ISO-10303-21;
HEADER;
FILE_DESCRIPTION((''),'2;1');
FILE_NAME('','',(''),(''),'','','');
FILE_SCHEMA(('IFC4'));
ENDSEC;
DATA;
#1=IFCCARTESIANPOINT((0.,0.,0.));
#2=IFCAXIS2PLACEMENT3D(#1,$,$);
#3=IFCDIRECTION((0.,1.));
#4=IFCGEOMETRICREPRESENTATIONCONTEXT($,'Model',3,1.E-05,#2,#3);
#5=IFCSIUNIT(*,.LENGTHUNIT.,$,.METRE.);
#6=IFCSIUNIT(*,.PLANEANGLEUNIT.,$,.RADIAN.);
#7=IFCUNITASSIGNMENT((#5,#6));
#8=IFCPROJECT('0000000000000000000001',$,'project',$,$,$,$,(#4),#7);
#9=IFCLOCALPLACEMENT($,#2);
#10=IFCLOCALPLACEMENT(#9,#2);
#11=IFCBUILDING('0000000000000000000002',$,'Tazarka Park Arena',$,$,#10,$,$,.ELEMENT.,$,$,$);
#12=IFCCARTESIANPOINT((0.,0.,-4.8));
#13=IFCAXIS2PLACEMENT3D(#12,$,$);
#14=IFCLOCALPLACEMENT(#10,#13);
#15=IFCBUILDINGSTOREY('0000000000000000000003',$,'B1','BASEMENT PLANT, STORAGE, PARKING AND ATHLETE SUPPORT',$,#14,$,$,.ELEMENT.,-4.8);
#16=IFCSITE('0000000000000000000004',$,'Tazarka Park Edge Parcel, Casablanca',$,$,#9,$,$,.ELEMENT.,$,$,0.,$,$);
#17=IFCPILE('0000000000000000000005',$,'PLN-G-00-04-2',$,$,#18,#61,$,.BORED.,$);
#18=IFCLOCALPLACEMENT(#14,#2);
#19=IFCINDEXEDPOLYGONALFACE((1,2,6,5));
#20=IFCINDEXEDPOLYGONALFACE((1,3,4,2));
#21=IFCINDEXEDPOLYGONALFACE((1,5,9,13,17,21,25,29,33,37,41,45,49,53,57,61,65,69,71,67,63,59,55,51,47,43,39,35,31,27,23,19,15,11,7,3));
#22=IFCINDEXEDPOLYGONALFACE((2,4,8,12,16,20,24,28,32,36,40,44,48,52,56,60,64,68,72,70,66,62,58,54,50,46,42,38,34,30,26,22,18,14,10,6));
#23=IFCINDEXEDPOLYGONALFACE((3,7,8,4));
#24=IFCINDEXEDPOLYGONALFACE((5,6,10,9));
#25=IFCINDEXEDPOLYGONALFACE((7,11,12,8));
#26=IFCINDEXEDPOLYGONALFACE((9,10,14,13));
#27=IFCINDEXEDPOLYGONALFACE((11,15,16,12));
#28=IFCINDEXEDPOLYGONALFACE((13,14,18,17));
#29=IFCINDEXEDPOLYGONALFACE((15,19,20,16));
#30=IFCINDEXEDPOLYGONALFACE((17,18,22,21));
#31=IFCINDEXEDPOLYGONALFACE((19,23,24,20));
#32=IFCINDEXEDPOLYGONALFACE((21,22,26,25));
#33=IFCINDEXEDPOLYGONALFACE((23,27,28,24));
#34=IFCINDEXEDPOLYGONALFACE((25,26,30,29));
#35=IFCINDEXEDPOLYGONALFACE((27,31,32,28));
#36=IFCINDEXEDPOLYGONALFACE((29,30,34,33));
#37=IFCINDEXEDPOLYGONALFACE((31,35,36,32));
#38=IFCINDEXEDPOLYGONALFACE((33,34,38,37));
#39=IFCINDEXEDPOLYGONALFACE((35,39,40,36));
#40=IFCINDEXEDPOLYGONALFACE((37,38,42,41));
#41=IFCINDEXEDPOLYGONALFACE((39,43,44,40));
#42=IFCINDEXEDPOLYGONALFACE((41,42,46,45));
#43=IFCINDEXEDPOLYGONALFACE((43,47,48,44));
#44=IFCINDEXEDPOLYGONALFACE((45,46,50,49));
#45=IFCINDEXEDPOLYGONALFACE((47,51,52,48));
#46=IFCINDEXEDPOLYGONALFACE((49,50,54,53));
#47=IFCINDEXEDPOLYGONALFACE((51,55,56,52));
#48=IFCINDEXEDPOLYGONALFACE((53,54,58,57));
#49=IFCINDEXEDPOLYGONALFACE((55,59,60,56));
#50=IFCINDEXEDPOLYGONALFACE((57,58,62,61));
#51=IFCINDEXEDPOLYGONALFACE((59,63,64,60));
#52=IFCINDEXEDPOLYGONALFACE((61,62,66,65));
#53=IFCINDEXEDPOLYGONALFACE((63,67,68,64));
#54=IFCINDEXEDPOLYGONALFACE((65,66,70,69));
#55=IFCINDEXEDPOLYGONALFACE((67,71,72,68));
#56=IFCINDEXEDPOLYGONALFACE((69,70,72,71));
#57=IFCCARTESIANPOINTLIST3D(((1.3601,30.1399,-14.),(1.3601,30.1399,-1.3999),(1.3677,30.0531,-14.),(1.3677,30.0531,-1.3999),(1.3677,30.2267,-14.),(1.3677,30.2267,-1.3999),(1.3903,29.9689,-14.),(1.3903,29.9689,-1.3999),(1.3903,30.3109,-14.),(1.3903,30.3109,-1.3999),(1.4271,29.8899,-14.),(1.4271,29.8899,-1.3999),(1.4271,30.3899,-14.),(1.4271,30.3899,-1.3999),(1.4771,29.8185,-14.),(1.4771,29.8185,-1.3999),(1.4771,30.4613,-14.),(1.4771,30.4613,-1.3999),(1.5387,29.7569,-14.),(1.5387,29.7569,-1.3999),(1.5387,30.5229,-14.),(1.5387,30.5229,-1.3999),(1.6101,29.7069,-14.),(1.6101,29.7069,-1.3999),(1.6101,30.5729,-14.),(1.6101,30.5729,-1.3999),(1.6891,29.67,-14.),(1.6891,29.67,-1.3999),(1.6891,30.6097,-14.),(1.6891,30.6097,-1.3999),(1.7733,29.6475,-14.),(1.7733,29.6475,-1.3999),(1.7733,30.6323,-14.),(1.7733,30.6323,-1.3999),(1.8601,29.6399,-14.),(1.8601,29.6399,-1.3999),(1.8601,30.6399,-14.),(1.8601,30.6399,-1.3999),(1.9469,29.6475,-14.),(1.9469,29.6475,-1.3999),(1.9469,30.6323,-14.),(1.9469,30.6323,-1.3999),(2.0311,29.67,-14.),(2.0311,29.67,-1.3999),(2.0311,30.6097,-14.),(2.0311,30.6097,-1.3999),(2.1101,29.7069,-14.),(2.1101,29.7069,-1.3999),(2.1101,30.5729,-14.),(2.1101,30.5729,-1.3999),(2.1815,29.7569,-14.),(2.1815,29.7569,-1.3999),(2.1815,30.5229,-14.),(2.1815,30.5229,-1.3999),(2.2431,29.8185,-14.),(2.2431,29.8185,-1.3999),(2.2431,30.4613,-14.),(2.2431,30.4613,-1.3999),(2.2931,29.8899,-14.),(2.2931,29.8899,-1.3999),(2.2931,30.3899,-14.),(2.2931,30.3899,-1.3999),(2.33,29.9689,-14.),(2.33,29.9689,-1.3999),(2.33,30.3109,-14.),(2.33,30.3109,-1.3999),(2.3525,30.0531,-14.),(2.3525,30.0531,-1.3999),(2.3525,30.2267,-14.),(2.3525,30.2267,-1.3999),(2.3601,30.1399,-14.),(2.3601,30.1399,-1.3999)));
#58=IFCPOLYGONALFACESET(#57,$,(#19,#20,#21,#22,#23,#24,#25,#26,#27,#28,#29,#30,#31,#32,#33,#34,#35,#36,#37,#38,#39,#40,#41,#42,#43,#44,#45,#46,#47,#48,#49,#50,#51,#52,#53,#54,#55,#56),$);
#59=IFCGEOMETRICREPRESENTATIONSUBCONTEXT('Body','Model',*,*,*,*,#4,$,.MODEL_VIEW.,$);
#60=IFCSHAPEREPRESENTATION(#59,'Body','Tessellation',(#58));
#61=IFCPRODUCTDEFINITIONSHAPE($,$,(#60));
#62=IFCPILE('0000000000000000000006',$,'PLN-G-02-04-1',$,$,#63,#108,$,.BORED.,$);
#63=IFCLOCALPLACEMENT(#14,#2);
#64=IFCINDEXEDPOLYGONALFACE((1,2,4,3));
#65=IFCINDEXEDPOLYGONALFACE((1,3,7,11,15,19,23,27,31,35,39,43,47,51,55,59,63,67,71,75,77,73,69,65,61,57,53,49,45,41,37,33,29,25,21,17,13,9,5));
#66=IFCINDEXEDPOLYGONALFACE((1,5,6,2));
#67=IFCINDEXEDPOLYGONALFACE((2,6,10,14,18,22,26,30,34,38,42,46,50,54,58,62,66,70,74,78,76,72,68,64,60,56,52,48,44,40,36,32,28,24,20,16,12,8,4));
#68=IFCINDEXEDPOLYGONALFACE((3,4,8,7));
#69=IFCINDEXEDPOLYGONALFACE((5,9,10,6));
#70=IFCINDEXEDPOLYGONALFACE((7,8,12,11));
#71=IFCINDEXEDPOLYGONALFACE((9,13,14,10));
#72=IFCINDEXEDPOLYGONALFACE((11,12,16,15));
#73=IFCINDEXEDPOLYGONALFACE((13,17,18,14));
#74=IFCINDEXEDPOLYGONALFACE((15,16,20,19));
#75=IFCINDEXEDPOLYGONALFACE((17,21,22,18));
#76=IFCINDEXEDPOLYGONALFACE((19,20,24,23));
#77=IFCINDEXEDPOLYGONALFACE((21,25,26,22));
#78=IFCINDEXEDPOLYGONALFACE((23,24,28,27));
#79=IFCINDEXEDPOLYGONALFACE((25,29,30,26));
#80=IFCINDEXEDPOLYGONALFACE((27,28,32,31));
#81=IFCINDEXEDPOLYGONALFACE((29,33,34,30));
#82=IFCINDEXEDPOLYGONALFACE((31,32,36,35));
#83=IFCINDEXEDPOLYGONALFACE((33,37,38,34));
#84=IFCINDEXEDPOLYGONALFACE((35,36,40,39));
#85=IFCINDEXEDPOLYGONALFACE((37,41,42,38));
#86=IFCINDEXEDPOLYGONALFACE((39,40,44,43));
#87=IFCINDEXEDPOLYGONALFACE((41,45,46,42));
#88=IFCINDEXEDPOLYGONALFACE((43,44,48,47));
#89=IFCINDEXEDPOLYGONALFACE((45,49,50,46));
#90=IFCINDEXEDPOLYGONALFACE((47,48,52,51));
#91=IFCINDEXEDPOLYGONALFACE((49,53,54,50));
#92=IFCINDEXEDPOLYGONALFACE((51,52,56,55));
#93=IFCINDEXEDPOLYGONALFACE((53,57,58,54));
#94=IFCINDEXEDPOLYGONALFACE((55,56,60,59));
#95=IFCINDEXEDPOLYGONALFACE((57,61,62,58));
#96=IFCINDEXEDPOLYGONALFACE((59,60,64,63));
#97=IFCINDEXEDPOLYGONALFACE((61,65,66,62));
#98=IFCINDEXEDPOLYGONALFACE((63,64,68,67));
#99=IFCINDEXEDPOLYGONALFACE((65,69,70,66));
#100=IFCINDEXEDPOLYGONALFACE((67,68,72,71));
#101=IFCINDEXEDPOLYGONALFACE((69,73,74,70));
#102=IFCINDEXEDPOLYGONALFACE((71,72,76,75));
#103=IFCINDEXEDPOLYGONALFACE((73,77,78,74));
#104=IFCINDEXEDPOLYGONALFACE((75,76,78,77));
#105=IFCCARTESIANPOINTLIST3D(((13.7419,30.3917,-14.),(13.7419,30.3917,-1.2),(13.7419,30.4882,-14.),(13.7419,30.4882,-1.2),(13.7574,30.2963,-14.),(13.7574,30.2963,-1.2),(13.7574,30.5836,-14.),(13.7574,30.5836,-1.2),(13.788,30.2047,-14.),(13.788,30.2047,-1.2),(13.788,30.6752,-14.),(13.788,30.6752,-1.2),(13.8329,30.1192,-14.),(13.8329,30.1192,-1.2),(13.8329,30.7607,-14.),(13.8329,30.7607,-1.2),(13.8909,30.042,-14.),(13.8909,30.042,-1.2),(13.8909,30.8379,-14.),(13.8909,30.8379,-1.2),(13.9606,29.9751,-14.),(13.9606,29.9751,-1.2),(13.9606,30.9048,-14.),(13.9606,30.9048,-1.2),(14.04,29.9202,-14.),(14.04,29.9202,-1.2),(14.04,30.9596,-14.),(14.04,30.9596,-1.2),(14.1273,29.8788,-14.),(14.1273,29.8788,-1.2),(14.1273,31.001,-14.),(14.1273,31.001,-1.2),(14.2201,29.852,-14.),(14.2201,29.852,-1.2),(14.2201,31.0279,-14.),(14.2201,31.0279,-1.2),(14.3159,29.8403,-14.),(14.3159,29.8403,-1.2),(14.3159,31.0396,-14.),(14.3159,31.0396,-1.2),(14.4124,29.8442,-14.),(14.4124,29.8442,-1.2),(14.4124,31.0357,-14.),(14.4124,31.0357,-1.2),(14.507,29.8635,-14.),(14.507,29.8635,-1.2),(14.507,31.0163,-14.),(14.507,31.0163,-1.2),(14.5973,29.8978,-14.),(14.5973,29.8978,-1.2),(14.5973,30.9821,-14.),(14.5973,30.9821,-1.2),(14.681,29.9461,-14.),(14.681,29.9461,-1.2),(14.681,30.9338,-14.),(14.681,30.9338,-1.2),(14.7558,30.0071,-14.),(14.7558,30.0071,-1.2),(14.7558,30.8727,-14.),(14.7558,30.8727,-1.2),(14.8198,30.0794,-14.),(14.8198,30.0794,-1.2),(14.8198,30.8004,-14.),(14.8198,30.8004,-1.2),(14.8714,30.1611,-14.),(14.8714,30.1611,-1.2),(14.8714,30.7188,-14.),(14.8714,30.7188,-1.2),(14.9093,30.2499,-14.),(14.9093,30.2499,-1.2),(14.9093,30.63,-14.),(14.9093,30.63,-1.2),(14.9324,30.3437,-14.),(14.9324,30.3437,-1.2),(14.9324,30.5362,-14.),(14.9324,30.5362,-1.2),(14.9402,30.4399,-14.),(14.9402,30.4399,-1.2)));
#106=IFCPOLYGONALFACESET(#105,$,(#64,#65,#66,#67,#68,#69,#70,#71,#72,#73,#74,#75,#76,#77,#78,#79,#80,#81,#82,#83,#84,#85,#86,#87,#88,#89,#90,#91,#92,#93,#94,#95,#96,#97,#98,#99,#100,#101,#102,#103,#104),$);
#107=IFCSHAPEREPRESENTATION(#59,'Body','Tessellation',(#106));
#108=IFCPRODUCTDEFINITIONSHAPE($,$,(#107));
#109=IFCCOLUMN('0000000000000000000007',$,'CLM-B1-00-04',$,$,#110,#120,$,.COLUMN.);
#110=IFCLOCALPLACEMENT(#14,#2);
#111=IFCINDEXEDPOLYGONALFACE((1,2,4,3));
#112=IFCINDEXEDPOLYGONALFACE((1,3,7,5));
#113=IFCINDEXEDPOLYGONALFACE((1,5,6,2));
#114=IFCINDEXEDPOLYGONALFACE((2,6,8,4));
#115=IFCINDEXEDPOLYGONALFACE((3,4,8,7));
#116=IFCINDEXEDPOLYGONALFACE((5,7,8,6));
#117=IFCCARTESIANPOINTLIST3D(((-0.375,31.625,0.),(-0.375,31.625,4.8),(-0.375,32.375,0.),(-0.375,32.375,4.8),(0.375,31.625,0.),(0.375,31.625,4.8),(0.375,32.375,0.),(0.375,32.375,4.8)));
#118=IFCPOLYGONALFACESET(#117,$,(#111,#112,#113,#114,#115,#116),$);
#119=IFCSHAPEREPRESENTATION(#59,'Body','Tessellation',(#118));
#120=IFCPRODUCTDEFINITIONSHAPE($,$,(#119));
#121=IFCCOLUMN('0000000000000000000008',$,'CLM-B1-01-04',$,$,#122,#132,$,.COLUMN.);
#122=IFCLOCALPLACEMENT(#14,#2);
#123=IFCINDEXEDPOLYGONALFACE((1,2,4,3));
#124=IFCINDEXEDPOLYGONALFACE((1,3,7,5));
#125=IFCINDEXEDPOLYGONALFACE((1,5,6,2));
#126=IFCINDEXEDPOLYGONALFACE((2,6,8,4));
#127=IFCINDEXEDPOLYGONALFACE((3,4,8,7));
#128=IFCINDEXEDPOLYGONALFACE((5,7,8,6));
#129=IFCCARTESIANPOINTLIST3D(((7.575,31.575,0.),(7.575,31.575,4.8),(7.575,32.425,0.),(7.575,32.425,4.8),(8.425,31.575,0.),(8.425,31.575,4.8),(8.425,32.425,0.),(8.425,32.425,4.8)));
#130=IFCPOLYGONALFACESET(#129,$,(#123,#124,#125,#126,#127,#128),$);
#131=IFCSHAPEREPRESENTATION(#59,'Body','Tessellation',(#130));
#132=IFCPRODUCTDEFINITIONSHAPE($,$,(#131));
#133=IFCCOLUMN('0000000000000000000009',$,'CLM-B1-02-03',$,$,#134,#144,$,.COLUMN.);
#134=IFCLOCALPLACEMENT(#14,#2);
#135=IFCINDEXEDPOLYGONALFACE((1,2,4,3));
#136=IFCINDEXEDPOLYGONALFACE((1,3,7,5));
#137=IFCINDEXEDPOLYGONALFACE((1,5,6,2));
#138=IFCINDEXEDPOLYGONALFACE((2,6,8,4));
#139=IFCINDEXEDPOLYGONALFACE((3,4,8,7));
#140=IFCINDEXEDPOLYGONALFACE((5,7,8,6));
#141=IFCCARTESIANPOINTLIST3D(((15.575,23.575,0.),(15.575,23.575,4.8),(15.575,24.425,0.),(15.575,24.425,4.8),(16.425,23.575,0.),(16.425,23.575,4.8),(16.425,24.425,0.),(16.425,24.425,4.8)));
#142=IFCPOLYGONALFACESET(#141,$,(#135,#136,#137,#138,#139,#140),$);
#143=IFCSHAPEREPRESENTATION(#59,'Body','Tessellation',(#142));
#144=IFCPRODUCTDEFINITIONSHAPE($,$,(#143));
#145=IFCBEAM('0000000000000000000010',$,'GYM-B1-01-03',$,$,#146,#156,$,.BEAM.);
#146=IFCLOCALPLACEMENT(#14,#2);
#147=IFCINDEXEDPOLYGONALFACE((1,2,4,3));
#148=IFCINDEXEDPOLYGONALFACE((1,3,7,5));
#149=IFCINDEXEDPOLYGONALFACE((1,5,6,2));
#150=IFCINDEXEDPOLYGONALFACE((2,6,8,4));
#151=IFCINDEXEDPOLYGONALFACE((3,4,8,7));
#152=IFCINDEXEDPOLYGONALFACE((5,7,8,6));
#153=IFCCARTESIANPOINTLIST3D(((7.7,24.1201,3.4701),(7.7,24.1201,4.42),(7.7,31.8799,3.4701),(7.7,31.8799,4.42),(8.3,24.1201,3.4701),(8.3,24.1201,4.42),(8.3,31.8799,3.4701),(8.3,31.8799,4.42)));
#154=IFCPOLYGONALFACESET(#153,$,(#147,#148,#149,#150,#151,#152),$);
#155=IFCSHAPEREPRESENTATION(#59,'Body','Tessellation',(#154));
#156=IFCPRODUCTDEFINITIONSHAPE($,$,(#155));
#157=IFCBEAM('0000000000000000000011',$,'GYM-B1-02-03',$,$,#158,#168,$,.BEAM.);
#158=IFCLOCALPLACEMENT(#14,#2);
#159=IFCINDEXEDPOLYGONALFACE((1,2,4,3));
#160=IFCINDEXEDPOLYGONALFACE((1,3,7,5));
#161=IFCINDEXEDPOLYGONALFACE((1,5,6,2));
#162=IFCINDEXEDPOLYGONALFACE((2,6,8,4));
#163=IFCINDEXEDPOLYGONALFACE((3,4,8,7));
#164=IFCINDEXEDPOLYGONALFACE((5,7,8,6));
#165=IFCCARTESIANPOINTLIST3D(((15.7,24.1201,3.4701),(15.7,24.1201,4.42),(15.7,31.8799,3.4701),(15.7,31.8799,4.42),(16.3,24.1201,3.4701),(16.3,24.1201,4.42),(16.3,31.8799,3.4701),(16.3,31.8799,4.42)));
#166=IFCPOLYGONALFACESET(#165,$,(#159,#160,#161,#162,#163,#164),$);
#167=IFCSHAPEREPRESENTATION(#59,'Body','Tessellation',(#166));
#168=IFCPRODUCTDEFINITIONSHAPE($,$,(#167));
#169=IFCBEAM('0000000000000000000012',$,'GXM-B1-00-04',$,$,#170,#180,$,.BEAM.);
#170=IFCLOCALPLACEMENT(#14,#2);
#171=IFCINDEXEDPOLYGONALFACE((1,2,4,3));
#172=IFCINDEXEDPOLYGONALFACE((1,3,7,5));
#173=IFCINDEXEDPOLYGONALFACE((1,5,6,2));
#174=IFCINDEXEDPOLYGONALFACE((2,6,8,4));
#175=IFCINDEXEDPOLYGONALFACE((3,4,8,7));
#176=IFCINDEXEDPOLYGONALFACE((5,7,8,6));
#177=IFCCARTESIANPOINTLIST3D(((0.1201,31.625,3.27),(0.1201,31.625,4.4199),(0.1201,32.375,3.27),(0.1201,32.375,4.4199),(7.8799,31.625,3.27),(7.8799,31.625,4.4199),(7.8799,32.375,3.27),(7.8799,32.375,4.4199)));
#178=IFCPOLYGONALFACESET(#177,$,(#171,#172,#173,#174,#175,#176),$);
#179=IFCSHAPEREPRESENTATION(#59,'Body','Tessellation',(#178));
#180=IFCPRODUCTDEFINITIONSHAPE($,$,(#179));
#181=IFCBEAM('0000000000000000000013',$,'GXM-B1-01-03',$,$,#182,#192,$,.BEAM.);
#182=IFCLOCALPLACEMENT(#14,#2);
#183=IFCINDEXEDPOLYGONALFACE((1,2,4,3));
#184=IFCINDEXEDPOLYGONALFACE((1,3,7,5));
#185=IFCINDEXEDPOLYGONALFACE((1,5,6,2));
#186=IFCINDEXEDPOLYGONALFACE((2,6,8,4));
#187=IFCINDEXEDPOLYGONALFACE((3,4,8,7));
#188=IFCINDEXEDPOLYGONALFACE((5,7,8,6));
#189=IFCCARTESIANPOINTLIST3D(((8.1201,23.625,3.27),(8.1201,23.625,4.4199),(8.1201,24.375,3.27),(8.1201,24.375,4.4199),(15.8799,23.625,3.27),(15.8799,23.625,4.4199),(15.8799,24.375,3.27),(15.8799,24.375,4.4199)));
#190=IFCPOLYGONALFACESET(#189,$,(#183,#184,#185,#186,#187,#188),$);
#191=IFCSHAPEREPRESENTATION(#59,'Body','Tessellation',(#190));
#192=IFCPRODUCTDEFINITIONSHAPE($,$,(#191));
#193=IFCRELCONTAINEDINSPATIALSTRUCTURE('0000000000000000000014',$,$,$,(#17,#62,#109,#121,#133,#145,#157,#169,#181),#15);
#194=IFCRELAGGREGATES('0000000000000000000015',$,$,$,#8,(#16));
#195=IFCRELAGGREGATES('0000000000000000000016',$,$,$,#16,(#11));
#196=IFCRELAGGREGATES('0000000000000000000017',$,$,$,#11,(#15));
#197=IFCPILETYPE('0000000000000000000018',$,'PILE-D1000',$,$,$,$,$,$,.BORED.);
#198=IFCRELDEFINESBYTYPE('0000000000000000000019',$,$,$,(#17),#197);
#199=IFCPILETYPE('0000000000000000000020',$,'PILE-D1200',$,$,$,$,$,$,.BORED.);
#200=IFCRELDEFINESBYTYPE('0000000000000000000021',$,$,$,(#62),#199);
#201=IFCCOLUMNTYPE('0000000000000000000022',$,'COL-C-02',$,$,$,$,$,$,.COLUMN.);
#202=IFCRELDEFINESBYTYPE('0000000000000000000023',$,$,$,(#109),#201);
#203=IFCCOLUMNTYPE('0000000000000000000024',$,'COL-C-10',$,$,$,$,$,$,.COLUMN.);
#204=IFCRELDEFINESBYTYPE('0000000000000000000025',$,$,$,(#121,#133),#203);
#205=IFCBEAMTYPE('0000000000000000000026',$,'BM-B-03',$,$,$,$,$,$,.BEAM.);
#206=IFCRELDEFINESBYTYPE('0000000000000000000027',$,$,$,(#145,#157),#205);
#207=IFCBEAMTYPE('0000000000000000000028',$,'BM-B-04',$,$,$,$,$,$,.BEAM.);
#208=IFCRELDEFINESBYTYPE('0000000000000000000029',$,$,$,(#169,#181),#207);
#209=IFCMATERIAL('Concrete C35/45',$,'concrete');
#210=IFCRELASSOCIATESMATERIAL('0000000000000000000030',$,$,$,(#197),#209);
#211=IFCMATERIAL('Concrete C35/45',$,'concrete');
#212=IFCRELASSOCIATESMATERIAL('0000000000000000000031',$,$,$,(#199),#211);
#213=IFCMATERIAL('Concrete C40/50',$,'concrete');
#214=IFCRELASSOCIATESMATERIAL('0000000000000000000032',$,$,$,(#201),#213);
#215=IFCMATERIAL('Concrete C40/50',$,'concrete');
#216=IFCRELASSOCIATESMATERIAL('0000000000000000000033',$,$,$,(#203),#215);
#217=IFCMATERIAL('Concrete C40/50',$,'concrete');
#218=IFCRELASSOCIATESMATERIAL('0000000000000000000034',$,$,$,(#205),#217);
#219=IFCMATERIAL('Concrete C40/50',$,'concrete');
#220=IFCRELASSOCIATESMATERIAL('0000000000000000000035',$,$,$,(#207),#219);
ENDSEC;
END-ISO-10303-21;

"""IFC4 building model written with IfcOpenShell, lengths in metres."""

from ifc_helpers import new_model, si_unit, direction, frame, origin, origin_2d, place, context, subcontext, project, spatial, rectangle, circle, extrude, material, material_profile, profile_set, type_object, element, save


model = new_model("IFC4")

# Units and contexts
model_context = context("Model", 3, precision=1e-05, world=origin(), true_north=direction((0.0, 1.0)))
body_context = subcontext(model_context, "Body", "Model", "MODEL_VIEW")
ifc_project = project(units=[si_unit("LENGTHUNIT", "METRE"), si_unit("PLANEANGLEUNIT", "RADIAN")], contexts=[model_context])

# Site, building, storey
site_placement = place(None, origin())
site = spatial("IfcSite", under=ifc_project, at=site_placement, Name="Tazarka Park Edge Parcel, Casablanca", CompositionType="ELEMENT", RefElevation=0.0)
building_placement = place(site_placement, origin())
building = spatial("IfcBuilding", under=site, at=building_placement, Name="Tazarka Park Arena", CompositionType="ELEMENT")
storey_placement = place(building_placement, frame((0.0, 0.0, -4.8)))
storey = spatial("IfcBuildingStorey", under=building, at=storey_placement, Name="B1", Description="BASEMENT PLANT, STORAGE, PARKING AND ATHLETE SUPPORT", CompositionType="ELEMENT", Elevation=-4.8)

# Piles
ifc_material_1 = material(Name="Concrete C35/45", Category="concrete")
ifc_material_profile_1 = material_profile(ifc_material_1, circle(Radius=0.5, at=origin_2d()), Name="Concrete C35/45")
ifc_profile_set_1 = profile_set([ifc_material_profile_1], Name="Concrete C35/45")
pile_type_1 = type_object("IfcPileType", Name="PILE-D1000", PredefinedType="BORED", material=ifc_profile_set_1)
for number, where, z_axis, x_axis, name in (
    (1, (1.8601, 30.1399, -1.3999), (0.0, 0.0, -1.0), (1.0, 0.0, 0.0), "PLN-G-00-04-2"),
):
    element("IfcPile", number, at=place(storey_placement, frame(where, z_axis=z_axis, x_axis=x_axis)), inside=storey, type_object=pile_type_1, Name=name, PredefinedType="BORED", context=body_context, shape_type="SweptSolid", body=[
        extrude(circle(Radius=0.5, at=origin_2d()), origin(), (0.0, 0.0, 1.0), 12.6001),
    ])
ifc_material_2 = material(Name="Concrete C35/45", Category="concrete")
ifc_material_profile_2 = material_profile(ifc_material_2, circle(Radius=0.6001, at=origin_2d()), Name="Concrete C35/45")
ifc_profile_set_2 = profile_set([ifc_material_profile_2], Name="Concrete C35/45")
pile_type_2 = type_object("IfcPileType", Name="PILE-D1200", PredefinedType="BORED", material=ifc_profile_set_2)
pile_placement = place(storey_placement, frame((14.3401, 30.4399, -1.2), z_axis=(0.0, 0.0, -1.0), x_axis=(1.0, 0.0, 0.0)))
element("IfcPile", 2, at=pile_placement, inside=storey, type_object=pile_type_2, Name="PLN-G-02-04-1", PredefinedType="BORED", context=body_context, shape_type="SweptSolid", body=[
    extrude(circle(Radius=0.6001, at=origin_2d()), origin(), (0.0, 0.0, 1.0), 12.8),
])

# Columns
ifc_material_3 = material(Name="Concrete C40/50", Category="concrete")
ifc_material_profile_3 = material_profile(ifc_material_3, rectangle(XDim=0.75, YDim=0.75, at=origin_2d()), Name="Concrete C40/50")
ifc_profile_set_3 = profile_set([ifc_material_profile_3], Name="Concrete C40/50")
column_type_1 = type_object("IfcColumnType", Name="COL-C-02", PredefinedType="COLUMN", material=ifc_profile_set_3)
column_placement = place(storey_placement, frame((0.0, 32.0, 0.0), z_axis=(0.0, 0.0, 1.0), x_axis=(1.0, 0.0, 0.0)))
element("IfcColumn", 3, at=column_placement, inside=storey, type_object=column_type_1, Name="CLM-B1-00-04", PredefinedType="COLUMN", context=body_context, shape_type="SweptSolid", body=[
    extrude(rectangle(XDim=0.75, YDim=0.75, at=origin_2d()), origin(), (0.0, 0.0, 1.0), 4.8),
])
ifc_material_4 = material(Name="Concrete C40/50", Category="concrete")
ifc_material_profile_4 = material_profile(ifc_material_4, rectangle(XDim=0.8501, YDim=0.8501, at=origin_2d()), Name="Concrete C40/50")
ifc_profile_set_4 = profile_set([ifc_material_profile_4], Name="Concrete C40/50")
column_type_2 = type_object("IfcColumnType", Name="COL-C-10", PredefinedType="COLUMN", material=ifc_profile_set_4)
for number, where, z_axis, x_axis, name in (
    (4, (8.0, 32.0, 0.0), (0.0, 0.0, 1.0), (1.0, 0.0, 0.0), "CLM-B1-01-04"),
    (5, (16.0, 24.0, 0.0), (0.0, 0.0, 1.0), (1.0, 0.0, 0.0), "CLM-B1-02-03"),
):
    element("IfcColumn", number, at=place(storey_placement, frame(where, z_axis=z_axis, x_axis=x_axis)), inside=storey, type_object=column_type_2, Name=name, PredefinedType="COLUMN", context=body_context, shape_type="SweptSolid", body=[
        extrude(rectangle(XDim=0.8501, YDim=0.8501, at=origin_2d()), origin(), (0.0, 0.0, 1.0), 4.8),
    ])

# Beams
ifc_material_5 = material(Name="Concrete C40/50", Category="concrete")
ifc_material_profile_5 = material_profile(ifc_material_5, rectangle(XDim=0.6001, YDim=0.95, at=origin_2d()), Name="Concrete C40/50")
ifc_profile_set_5 = profile_set([ifc_material_profile_5], Name="Concrete C40/50")
beam_type_1 = type_object("IfcBeamType", Name="BM-B-03", PredefinedType="BEAM", material=ifc_profile_set_5)
for number, where, z_axis, x_axis, name in (
    (6, (8.0, 24.1201, 3.9451), (0.0, 1.0, 0.0), (-1.0, 0.0, 0.0), "GYM-B1-01-03"),
    (7, (16.0, 24.1201, 3.9451), (0.0, 1.0, 0.0), (-1.0, 0.0, 0.0), "GYM-B1-02-03"),
):
    element("IfcBeam", number, at=place(storey_placement, frame(where, z_axis=z_axis, x_axis=x_axis)), inside=storey, type_object=beam_type_1, Name=name, PredefinedType="BEAM", context=body_context, shape_type="SweptSolid", body=[
        extrude(rectangle(XDim=0.6001, YDim=0.95, at=origin_2d()), origin(), (0.0, 0.0, 1.0), 7.7598),
    ])
ifc_material_6 = material(Name="Concrete C40/50", Category="concrete")
ifc_material_profile_6 = material_profile(ifc_material_6, rectangle(XDim=0.75, YDim=1.1499, at=origin_2d()), Name="Concrete C40/50")
ifc_profile_set_6 = profile_set([ifc_material_profile_6], Name="Concrete C40/50")
beam_type_2 = type_object("IfcBeamType", Name="BM-B-04", PredefinedType="BEAM", material=ifc_profile_set_6)
for number, where, z_axis, x_axis, name in (
    (8, (0.1201, 32.0, 3.845), (1.0, 0.0, 0.0), (0.0, 1.0, 0.0), "GXM-B1-00-04"),
    (9, (8.1201, 24.0, 3.845), (1.0, 0.0, 0.0), (0.0, 1.0, 0.0), "GXM-B1-01-03"),
):
    element("IfcBeam", number, at=place(storey_placement, frame(where, z_axis=z_axis, x_axis=x_axis)), inside=storey, type_object=beam_type_2, Name=name, PredefinedType="BEAM", context=body_context, shape_type="SweptSolid", body=[
        extrude(rectangle(XDim=0.75, YDim=1.1499, at=origin_2d()), origin(), (0.0, 0.0, 1.0), 7.7598),
    ])

save(model, "model.ifc")
